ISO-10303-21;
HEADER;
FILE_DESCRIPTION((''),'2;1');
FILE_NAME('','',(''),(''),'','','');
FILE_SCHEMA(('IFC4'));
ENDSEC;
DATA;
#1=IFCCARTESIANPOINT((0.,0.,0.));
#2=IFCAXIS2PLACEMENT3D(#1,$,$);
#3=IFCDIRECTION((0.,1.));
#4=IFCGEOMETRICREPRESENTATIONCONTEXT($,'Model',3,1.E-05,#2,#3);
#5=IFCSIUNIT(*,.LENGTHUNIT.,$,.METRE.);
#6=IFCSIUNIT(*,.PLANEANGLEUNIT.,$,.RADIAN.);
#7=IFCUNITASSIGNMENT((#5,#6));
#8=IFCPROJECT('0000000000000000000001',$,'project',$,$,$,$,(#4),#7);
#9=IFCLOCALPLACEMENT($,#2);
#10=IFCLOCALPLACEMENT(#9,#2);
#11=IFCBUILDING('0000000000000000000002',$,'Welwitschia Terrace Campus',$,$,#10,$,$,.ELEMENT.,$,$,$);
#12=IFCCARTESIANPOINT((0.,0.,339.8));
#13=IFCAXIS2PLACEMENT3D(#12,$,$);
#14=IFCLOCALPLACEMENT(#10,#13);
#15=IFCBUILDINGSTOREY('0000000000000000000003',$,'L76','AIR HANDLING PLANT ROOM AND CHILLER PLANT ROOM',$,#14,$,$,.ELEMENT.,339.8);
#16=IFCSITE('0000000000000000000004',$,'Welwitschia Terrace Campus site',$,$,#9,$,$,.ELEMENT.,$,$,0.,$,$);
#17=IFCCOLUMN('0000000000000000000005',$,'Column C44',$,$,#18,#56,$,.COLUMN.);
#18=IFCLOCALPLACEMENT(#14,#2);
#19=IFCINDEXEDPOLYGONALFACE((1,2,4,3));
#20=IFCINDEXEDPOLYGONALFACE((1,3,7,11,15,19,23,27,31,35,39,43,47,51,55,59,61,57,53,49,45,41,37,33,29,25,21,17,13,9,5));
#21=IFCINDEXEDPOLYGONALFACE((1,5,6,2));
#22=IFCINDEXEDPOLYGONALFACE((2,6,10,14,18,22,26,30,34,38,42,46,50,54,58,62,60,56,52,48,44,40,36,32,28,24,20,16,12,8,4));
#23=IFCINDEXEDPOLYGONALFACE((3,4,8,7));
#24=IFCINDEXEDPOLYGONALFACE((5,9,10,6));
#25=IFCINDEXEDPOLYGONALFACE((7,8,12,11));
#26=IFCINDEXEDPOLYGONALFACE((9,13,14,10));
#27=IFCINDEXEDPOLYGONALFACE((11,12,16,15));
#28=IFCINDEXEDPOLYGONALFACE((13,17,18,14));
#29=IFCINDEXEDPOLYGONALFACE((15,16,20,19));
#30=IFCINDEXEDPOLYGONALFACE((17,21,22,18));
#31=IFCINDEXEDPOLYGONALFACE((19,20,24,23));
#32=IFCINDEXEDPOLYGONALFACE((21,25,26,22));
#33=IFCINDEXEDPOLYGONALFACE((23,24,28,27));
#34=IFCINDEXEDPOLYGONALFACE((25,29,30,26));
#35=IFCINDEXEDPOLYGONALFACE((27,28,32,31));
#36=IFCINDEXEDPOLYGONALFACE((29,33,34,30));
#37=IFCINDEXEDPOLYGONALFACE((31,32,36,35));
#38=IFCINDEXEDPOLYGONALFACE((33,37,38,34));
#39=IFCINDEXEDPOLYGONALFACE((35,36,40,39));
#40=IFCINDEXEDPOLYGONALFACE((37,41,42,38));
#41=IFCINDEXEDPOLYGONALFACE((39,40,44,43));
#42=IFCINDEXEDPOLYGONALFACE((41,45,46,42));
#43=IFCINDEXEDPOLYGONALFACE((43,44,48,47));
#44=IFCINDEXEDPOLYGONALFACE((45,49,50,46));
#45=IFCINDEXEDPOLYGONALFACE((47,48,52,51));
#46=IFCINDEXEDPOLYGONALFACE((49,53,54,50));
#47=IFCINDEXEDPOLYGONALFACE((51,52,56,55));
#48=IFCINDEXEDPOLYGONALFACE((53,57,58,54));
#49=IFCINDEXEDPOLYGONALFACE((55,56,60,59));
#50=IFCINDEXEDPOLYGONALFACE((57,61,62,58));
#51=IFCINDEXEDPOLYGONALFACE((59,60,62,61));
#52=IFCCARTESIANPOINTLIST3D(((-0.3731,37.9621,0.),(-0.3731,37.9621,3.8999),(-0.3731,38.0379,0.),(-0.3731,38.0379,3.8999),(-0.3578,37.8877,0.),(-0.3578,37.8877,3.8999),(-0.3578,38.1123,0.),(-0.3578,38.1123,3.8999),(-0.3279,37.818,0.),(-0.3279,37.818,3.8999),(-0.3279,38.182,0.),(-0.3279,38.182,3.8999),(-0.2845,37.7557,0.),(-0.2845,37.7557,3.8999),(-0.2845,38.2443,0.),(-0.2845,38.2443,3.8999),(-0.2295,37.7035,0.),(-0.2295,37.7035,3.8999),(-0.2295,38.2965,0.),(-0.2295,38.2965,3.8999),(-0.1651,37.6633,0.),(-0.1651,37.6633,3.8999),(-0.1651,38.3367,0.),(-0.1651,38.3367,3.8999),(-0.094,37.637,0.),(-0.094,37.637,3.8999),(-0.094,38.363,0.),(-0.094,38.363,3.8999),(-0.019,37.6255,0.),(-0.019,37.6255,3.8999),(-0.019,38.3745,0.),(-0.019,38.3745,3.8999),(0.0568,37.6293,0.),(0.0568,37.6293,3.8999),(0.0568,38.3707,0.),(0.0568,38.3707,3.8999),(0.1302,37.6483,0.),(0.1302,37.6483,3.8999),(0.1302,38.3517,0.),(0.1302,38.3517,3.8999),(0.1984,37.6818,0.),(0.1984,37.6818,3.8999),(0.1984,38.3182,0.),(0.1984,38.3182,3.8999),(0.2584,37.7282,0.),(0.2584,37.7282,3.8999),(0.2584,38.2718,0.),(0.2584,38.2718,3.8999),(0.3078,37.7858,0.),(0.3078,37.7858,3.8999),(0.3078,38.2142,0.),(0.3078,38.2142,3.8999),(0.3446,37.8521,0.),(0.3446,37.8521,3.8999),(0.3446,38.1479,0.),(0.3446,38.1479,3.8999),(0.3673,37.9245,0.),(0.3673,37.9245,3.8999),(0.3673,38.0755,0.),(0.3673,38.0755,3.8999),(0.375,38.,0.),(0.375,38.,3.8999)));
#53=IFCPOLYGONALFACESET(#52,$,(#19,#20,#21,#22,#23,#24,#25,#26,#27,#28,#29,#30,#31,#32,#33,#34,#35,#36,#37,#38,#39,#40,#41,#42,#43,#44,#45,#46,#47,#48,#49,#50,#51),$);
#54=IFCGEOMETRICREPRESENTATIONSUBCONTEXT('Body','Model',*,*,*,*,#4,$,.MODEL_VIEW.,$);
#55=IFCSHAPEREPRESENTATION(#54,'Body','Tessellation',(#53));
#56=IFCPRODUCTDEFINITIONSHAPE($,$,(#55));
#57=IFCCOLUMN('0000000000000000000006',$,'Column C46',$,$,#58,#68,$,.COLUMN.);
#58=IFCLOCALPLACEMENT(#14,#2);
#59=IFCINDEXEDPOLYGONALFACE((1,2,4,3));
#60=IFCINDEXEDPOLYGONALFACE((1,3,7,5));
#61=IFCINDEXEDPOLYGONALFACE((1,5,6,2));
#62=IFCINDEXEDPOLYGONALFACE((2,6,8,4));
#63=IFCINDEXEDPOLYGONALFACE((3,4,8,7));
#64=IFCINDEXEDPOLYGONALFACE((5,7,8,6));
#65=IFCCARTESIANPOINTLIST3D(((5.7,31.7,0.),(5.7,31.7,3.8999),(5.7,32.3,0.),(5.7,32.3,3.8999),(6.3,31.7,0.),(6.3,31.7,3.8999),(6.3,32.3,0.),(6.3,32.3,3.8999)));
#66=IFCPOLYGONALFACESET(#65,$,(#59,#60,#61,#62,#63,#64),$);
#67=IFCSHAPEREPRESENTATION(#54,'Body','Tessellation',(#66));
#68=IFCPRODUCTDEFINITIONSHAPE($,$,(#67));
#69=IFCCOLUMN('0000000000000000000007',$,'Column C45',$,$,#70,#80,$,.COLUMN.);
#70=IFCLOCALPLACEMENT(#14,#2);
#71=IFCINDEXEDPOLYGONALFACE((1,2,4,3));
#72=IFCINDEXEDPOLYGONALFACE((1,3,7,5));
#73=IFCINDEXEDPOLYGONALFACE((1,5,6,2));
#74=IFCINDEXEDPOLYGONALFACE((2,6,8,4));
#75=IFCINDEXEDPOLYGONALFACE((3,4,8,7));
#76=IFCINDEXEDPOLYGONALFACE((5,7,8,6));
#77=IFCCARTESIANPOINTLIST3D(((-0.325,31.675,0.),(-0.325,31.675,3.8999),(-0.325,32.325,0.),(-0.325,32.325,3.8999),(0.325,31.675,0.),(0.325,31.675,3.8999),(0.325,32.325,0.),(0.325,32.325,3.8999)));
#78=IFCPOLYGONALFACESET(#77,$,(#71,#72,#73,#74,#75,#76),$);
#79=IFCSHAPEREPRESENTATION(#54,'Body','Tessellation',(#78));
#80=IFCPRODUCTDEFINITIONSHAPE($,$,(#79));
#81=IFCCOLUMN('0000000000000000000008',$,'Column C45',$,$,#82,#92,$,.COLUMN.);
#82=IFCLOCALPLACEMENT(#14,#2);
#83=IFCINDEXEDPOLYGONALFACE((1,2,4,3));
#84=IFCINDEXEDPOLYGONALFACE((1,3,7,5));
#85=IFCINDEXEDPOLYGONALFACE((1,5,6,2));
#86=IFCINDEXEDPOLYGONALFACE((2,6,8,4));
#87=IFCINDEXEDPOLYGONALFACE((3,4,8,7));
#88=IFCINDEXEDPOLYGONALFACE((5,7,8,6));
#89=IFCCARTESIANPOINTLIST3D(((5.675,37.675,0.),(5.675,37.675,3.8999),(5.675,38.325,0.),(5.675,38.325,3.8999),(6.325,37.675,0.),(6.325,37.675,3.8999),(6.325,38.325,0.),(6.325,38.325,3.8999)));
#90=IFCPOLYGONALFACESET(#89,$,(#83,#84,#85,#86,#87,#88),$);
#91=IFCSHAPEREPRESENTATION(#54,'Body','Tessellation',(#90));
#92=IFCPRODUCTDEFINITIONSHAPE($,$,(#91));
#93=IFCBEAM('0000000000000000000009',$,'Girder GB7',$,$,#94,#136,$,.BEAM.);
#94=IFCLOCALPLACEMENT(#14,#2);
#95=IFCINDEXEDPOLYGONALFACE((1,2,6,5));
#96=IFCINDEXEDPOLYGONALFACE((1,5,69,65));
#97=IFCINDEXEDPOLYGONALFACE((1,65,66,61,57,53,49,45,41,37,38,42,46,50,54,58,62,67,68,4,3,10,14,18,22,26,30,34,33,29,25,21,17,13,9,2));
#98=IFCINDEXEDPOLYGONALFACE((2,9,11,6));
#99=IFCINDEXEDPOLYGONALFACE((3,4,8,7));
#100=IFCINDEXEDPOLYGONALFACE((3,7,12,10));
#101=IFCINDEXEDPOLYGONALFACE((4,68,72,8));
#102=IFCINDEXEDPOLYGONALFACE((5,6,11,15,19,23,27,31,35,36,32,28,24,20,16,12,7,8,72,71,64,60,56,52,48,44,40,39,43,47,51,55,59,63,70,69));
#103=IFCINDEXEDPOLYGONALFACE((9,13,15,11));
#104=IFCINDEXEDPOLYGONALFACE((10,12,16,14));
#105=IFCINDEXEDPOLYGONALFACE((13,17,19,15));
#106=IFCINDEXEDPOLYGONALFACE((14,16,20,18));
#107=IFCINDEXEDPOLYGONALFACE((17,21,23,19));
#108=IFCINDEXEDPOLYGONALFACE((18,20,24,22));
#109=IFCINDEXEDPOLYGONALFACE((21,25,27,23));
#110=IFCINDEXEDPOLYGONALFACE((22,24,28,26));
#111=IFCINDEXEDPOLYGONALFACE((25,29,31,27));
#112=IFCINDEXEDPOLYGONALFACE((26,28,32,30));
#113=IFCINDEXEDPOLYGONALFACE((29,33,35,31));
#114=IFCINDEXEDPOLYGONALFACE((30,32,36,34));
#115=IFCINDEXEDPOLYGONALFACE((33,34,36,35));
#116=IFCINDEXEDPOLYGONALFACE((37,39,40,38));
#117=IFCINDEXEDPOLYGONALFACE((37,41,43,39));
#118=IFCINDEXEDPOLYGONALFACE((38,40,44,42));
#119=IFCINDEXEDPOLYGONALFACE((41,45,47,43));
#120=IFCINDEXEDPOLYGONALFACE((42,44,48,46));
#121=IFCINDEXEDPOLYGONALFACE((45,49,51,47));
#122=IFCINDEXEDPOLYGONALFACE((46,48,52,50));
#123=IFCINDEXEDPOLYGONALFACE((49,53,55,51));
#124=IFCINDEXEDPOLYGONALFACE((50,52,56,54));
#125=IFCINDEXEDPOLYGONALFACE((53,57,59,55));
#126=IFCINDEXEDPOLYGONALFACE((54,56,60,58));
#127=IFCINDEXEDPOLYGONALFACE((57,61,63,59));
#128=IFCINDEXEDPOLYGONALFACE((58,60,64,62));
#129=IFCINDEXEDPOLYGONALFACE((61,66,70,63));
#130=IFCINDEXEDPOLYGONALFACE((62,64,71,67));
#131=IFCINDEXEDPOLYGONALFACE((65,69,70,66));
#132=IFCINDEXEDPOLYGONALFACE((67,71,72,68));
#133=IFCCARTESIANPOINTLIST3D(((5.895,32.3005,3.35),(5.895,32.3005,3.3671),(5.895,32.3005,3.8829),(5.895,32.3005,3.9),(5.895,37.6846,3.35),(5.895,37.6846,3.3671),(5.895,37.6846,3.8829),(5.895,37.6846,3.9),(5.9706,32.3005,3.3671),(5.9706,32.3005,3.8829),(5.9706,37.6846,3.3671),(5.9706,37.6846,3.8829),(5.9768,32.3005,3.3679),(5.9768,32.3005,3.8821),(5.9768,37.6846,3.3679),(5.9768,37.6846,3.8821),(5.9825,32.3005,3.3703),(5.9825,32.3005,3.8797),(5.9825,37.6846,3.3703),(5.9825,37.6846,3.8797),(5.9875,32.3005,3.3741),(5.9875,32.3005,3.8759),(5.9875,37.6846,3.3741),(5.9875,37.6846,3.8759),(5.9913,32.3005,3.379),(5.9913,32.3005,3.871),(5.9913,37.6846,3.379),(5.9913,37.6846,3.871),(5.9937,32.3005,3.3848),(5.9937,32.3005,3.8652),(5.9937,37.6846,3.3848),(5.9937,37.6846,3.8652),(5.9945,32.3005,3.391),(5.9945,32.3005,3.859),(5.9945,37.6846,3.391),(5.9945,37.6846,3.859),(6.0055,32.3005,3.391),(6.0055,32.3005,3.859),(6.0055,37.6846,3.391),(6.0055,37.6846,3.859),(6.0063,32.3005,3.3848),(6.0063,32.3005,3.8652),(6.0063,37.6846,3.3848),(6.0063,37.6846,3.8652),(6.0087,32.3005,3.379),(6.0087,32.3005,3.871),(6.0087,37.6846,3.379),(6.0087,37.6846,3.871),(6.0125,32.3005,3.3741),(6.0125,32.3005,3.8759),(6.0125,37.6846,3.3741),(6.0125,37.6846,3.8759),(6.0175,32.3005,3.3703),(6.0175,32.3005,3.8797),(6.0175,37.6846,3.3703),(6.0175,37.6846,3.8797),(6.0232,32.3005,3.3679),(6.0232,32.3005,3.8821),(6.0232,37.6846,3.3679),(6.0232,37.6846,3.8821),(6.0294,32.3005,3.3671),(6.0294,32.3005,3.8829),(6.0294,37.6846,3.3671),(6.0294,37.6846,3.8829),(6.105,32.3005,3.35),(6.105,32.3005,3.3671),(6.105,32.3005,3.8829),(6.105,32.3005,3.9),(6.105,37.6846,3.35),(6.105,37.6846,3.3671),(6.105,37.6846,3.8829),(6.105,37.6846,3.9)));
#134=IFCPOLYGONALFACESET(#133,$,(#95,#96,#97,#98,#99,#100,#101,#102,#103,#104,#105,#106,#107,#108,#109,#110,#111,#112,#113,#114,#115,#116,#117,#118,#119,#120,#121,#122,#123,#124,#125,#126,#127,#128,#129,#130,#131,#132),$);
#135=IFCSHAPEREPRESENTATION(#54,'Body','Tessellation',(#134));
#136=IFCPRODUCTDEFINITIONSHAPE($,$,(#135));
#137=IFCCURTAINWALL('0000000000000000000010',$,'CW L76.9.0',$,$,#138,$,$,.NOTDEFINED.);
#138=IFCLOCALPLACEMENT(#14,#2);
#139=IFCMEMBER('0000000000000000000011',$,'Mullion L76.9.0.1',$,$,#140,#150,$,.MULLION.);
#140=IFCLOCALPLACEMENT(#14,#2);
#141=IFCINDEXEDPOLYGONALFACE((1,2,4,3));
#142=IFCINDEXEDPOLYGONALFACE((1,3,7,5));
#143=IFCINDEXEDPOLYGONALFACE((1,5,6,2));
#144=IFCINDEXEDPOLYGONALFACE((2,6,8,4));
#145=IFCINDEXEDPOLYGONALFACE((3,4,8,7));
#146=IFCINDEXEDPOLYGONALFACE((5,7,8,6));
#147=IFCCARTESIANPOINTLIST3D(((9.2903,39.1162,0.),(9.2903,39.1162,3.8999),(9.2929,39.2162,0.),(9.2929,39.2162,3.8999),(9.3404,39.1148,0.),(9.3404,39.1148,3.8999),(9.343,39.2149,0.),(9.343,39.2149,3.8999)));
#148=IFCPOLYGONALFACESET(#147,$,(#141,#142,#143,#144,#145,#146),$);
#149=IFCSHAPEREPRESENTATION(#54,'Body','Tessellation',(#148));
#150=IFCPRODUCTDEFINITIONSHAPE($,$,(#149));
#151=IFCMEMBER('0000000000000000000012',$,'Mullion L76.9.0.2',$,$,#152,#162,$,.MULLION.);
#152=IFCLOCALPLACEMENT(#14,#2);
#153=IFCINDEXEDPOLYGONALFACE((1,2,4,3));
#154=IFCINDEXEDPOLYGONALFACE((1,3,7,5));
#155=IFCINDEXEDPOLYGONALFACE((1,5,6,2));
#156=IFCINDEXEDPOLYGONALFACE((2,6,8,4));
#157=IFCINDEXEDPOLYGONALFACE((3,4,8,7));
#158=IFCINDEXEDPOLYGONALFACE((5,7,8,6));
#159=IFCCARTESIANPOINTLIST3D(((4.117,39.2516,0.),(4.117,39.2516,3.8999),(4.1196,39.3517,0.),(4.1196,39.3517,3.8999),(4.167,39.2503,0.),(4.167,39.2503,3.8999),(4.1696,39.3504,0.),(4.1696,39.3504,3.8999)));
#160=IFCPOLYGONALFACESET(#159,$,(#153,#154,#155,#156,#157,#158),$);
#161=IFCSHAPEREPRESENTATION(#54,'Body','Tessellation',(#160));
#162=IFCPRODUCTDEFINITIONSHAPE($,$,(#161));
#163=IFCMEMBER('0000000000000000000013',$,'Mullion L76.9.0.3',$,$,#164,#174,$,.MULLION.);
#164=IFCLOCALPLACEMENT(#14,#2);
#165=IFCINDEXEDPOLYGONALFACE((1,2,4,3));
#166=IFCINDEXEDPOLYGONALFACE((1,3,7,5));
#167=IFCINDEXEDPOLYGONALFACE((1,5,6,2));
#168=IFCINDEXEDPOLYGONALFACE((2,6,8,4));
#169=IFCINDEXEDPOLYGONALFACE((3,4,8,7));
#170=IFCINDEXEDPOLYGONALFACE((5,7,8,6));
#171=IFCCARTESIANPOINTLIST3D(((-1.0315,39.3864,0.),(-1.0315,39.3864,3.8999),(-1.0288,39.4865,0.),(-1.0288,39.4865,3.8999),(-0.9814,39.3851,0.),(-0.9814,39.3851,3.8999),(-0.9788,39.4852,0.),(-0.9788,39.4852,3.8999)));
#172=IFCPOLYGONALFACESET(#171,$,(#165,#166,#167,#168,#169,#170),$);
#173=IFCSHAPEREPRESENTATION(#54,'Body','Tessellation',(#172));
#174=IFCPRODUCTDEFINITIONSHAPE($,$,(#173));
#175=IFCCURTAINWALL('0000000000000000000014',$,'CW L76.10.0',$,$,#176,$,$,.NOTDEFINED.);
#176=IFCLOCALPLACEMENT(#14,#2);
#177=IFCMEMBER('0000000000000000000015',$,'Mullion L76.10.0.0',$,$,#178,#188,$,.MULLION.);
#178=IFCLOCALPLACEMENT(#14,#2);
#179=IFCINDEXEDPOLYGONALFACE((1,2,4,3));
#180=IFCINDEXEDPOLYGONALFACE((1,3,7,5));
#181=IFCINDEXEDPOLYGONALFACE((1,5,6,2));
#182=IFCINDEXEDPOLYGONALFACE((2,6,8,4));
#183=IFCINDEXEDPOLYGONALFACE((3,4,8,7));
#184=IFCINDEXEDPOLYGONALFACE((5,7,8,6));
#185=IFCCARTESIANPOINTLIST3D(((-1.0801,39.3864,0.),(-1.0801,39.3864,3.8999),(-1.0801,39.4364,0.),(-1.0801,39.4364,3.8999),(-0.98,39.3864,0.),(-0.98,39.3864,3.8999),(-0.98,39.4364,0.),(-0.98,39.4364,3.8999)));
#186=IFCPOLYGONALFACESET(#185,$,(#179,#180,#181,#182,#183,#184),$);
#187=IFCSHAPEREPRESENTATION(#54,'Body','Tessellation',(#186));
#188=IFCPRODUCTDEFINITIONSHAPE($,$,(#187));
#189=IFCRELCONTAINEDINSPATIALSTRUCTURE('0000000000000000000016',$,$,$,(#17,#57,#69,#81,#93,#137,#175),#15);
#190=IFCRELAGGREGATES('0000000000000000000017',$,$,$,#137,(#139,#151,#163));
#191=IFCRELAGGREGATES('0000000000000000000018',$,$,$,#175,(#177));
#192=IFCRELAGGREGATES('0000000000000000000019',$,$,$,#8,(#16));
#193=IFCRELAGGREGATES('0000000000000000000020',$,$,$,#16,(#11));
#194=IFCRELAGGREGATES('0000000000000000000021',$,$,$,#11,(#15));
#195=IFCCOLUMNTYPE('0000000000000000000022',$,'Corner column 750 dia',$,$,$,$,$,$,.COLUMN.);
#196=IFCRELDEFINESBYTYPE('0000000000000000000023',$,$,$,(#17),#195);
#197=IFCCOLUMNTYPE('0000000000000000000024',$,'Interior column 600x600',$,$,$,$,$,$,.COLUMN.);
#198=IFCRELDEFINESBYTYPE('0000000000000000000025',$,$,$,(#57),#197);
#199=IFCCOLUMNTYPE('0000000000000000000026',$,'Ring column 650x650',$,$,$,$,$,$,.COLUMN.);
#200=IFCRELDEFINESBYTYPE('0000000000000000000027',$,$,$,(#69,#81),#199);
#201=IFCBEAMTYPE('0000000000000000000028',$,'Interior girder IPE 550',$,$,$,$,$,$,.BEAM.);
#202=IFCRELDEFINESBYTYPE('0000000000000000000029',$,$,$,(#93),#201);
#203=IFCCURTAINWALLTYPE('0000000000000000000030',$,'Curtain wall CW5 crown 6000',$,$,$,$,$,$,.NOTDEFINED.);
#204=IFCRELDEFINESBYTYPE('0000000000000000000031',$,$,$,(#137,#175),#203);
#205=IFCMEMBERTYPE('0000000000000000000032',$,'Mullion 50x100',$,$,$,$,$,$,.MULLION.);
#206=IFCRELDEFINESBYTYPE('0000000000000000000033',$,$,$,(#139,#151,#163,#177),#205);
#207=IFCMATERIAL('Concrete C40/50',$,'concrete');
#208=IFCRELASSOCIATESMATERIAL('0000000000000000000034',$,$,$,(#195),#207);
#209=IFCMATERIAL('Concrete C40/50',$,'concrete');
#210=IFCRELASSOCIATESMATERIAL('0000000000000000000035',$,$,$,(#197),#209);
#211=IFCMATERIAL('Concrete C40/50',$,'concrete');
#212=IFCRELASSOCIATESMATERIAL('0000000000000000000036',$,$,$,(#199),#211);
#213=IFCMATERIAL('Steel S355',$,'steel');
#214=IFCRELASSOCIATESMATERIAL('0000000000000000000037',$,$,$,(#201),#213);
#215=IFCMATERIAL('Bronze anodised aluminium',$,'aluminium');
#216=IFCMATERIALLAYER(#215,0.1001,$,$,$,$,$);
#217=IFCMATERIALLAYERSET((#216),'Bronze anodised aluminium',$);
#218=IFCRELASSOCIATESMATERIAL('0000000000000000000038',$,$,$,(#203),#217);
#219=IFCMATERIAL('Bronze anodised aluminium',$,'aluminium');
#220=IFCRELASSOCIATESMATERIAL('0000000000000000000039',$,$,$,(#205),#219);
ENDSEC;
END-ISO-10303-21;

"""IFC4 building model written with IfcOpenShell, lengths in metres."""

from ifc_helpers import new_model, si_unit, direction, frame, origin, origin_2d, place, context, subcontext, project, spatial, rectangle, circle, i_section, extrude, material, layer, layer_set, material_profile, profile_set, type_object, element, aggregate, save


model = new_model("IFC4")

# Units and contexts
model_context = context("Model", 3, precision=1e-05, world=origin(), true_north=direction((0.0, 1.0)))
body_context = subcontext(model_context, "Body", "Model", "MODEL_VIEW")
ifc_project = project(units=[si_unit("LENGTHUNIT", "METRE"), si_unit("PLANEANGLEUNIT", "RADIAN")], contexts=[model_context])

# Site, building, storey
site_placement = place(None, origin())
site = spatial("IfcSite", under=ifc_project, at=site_placement, Name="Welwitschia Terrace Campus site", CompositionType="ELEMENT", RefElevation=0.0)
building_placement = place(site_placement, origin())
building = spatial("IfcBuilding", under=site, at=building_placement, Name="Welwitschia Terrace Campus", CompositionType="ELEMENT")
storey_placement = place(building_placement, frame((0.0, 0.0, 339.8)))
storey = spatial("IfcBuildingStorey", under=building, at=storey_placement, Name="L76", Description="AIR HANDLING PLANT ROOM AND CHILLER PLANT ROOM", CompositionType="ELEMENT", Elevation=339.8)

# Columns
ifc_material_1 = material(Name="Concrete C40/50", Category="concrete")
ifc_material_profile_1 = material_profile(ifc_material_1, circle(Radius=0.375, at=origin_2d()))
ifc_profile_set_1 = profile_set([ifc_material_profile_1], Name="Concrete C40/50")
column_type_1 = type_object("IfcColumnType", Name="Corner column 750 dia", PredefinedType="COLUMN", material=ifc_profile_set_1)
column_1_placement = place(storey_placement, frame((0.0, 38.0, 0.0), z_axis=(0.0, 0.0, 1.0), x_axis=(1.0, 0.0, 0.0)))
element("IfcColumn", 1, at=column_1_placement, inside=storey, type_object=column_type_1, Name="Column C44", PredefinedType="COLUMN", context=body_context, shape_type="SweptSolid", body=[
    extrude(circle(Radius=0.375, at=origin_2d()), origin(), (0.0, 0.0, 1.0), 3.8999),
])
ifc_material_2 = material(Name="Concrete C40/50", Category="concrete")
ifc_material_profile_2 = material_profile(ifc_material_2, rectangle(XDim=0.6001, YDim=0.6001, at=origin_2d()))
ifc_profile_set_2 = profile_set([ifc_material_profile_2], Name="Concrete C40/50")
column_type_2 = type_object("IfcColumnType", Name="Interior column 600x600", PredefinedType="COLUMN", material=ifc_profile_set_2)
column_2_placement = place(storey_placement, frame((6.0, 32.0, 0.0), z_axis=(0.0, 0.0, 1.0), x_axis=(1.0, 0.0, 0.0)))
element("IfcColumn", 2, at=column_2_placement, inside=storey, type_object=column_type_2, Name="Column C46", PredefinedType="COLUMN", context=body_context, shape_type="SweptSolid", body=[
    extrude(rectangle(XDim=0.6001, YDim=0.6001, at=origin_2d()), origin(), (0.0, 0.0, 1.0), 3.8999),
])
ifc_material_3 = material(Name="Concrete C40/50", Category="concrete")
ifc_material_profile_3 = material_profile(ifc_material_3, rectangle(XDim=0.6499, YDim=0.6499, at=origin_2d()))
ifc_profile_set_3 = profile_set([ifc_material_profile_3], Name="Concrete C40/50")
column_type_3 = type_object("IfcColumnType", Name="Ring column 650x650", PredefinedType="COLUMN", material=ifc_profile_set_3)
for number, where, z_axis, x_axis, name in (
    (3, (0.0, 32.0, 0.0), (0.0, 0.0, 1.0), (1.0, 0.0, 0.0), "Column C45"),
    (4, (6.0, 38.0, 0.0), (0.0, 0.0, 1.0), (1.0, 0.0, 0.0), "Column C45"),
):
    element("IfcColumn", number, at=place(storey_placement, frame(where, z_axis=z_axis, x_axis=x_axis)), inside=storey, type_object=column_type_3, Name=name, PredefinedType="COLUMN", context=body_context, shape_type="SweptSolid", body=[
        extrude(rectangle(XDim=0.6499, YDim=0.6499, at=origin_2d()), origin(), (0.0, 0.0, 1.0), 3.8999),
    ])

# Beam
ifc_material_4 = material(Name="Steel S355", Category="steel")
ifc_material_profile_4 = material_profile(ifc_material_4, i_section(OverallWidth=0.21, OverallDepth=0.55, WebThickness=0.011, FlangeThickness=0.0171, FilletRadius=0.0239, at=origin_2d()))
ifc_profile_set_4 = profile_set([ifc_material_profile_4], Name="Steel S355")
beam_type_1 = type_object("IfcBeamType", Name="Interior girder IPE 550", PredefinedType="BEAM", material=ifc_profile_set_4)
beam_1_placement = place(storey_placement, frame((6.0, 32.3005, 3.625), z_axis=(0.0, 1.0, 0.0), x_axis=(-1.0, 0.0, 0.0)))
element("IfcBeam", 5, at=beam_1_placement, inside=storey, type_object=beam_type_1, Name="Girder GB7", PredefinedType="BEAM", context=body_context, shape_type="SweptSolid", body=[
    extrude(i_section(OverallWidth=0.21, OverallDepth=0.55, WebThickness=0.011, FlangeThickness=0.0171, FilletRadius=0.0239, at=origin_2d()), origin(), (0.0, 0.0, 1.0), 5.384),
])

# Curtain walls, members
ifc_material_5 = material(Name="Bronze anodised aluminium", Category="aluminium")
ifc_layer_1 = layer(ifc_material_5, 0.1001)
ifc_layer_set_1 = layer_set([ifc_layer_1], Name="Bronze anodised aluminium")
curtain_wall_type = type_object("IfcCurtainWallType", Name="Curtain wall CW5 crown 6000", PredefinedType="NOTDEFINED", material=ifc_layer_set_1)
curtain_wall_1_placement = place(storey_placement, origin())
curtain_wall_1 = element("IfcCurtainWall", 6, at=curtain_wall_1_placement, inside=storey, type_object=curtain_wall_type, Name="CW L76.9.0", PredefinedType="NOTDEFINED")
ifc_material_6 = material(Name="Bronze anodised aluminium", Category="aluminium")
ifc_material_profile_5 = material_profile(ifc_material_6, rectangle(XDim=0.1001, YDim=0.05, at=origin_2d()))
ifc_profile_set_5 = profile_set([ifc_material_profile_5], Name="Bronze anodised aluminium")
member_type_1 = type_object("IfcMemberType", Name="Mullion 50x100", PredefinedType="MULLION", material=ifc_profile_set_5)
member_1_placement = place(storey_placement, frame((9.3167, 39.1655, 0.0), z_axis=(0.0, 0.0, 1.0), x_axis=(-0.026177, -0.999657, 0.0)))
member_1 = element("IfcMember", 7, at=member_1_placement, type_object=member_type_1, Name="Mullion L76.9.0.1", PredefinedType="MULLION", context=body_context, shape_type="SweptSolid", body=[
    extrude(rectangle(XDim=0.1001, YDim=0.05, at=origin_2d()), origin(), (0.0, 0.0, 1.0), 3.8999),
])
member_2_placement = place(storey_placement, frame((4.1433, 39.301, 0.0), z_axis=(0.0, 0.0, 1.0), x_axis=(-0.026177, -0.999657, 0.0)))
member_2 = element("IfcMember", 8, at=member_2_placement, type_object=member_type_1, Name="Mullion L76.9.0.2", PredefinedType="MULLION", context=body_context, shape_type="SweptSolid", body=[
    extrude(rectangle(XDim=0.1001, YDim=0.05, at=origin_2d()), origin(), (0.0, 0.0, 1.0), 3.8999),
])
member_3_placement = place(storey_placement, frame((-1.0051, 39.4358, 0.0), z_axis=(0.0, 0.0, 1.0), x_axis=(-0.026177, -0.999657, 0.0)))
member_3 = element("IfcMember", 9, at=member_3_placement, type_object=member_type_1, Name="Mullion L76.9.0.3", PredefinedType="MULLION", context=body_context, shape_type="SweptSolid", body=[
    extrude(rectangle(XDim=0.1001, YDim=0.05, at=origin_2d()), origin(), (0.0, 0.0, 1.0), 3.8999),
])
curtain_wall_2_placement = place(storey_placement, origin())
curtain_wall_2 = element("IfcCurtainWall", 10, at=curtain_wall_2_placement, inside=storey, type_object=curtain_wall_type, Name="CW L76.10.0", PredefinedType="NOTDEFINED")
member_4_placement = place(storey_placement, frame((-1.03, 39.4114, 0.0), z_axis=(0.0, 0.0, 1.0), x_axis=(1.0, 0.0, 0.0)))
member_4 = element("IfcMember", 11, at=member_4_placement, type_object=member_type_1, Name="Mullion L76.10.0.0", PredefinedType="MULLION", context=body_context, shape_type="SweptSolid", body=[
    extrude(rectangle(XDim=0.1001, YDim=0.05, at=origin_2d()), origin(), (0.0, 0.0, 1.0), 3.8999),
])

aggregate(curtain_wall_1, [member_1, member_2, member_3])
aggregate(curtain_wall_2, [member_4])

save(model, "model.ifc")
